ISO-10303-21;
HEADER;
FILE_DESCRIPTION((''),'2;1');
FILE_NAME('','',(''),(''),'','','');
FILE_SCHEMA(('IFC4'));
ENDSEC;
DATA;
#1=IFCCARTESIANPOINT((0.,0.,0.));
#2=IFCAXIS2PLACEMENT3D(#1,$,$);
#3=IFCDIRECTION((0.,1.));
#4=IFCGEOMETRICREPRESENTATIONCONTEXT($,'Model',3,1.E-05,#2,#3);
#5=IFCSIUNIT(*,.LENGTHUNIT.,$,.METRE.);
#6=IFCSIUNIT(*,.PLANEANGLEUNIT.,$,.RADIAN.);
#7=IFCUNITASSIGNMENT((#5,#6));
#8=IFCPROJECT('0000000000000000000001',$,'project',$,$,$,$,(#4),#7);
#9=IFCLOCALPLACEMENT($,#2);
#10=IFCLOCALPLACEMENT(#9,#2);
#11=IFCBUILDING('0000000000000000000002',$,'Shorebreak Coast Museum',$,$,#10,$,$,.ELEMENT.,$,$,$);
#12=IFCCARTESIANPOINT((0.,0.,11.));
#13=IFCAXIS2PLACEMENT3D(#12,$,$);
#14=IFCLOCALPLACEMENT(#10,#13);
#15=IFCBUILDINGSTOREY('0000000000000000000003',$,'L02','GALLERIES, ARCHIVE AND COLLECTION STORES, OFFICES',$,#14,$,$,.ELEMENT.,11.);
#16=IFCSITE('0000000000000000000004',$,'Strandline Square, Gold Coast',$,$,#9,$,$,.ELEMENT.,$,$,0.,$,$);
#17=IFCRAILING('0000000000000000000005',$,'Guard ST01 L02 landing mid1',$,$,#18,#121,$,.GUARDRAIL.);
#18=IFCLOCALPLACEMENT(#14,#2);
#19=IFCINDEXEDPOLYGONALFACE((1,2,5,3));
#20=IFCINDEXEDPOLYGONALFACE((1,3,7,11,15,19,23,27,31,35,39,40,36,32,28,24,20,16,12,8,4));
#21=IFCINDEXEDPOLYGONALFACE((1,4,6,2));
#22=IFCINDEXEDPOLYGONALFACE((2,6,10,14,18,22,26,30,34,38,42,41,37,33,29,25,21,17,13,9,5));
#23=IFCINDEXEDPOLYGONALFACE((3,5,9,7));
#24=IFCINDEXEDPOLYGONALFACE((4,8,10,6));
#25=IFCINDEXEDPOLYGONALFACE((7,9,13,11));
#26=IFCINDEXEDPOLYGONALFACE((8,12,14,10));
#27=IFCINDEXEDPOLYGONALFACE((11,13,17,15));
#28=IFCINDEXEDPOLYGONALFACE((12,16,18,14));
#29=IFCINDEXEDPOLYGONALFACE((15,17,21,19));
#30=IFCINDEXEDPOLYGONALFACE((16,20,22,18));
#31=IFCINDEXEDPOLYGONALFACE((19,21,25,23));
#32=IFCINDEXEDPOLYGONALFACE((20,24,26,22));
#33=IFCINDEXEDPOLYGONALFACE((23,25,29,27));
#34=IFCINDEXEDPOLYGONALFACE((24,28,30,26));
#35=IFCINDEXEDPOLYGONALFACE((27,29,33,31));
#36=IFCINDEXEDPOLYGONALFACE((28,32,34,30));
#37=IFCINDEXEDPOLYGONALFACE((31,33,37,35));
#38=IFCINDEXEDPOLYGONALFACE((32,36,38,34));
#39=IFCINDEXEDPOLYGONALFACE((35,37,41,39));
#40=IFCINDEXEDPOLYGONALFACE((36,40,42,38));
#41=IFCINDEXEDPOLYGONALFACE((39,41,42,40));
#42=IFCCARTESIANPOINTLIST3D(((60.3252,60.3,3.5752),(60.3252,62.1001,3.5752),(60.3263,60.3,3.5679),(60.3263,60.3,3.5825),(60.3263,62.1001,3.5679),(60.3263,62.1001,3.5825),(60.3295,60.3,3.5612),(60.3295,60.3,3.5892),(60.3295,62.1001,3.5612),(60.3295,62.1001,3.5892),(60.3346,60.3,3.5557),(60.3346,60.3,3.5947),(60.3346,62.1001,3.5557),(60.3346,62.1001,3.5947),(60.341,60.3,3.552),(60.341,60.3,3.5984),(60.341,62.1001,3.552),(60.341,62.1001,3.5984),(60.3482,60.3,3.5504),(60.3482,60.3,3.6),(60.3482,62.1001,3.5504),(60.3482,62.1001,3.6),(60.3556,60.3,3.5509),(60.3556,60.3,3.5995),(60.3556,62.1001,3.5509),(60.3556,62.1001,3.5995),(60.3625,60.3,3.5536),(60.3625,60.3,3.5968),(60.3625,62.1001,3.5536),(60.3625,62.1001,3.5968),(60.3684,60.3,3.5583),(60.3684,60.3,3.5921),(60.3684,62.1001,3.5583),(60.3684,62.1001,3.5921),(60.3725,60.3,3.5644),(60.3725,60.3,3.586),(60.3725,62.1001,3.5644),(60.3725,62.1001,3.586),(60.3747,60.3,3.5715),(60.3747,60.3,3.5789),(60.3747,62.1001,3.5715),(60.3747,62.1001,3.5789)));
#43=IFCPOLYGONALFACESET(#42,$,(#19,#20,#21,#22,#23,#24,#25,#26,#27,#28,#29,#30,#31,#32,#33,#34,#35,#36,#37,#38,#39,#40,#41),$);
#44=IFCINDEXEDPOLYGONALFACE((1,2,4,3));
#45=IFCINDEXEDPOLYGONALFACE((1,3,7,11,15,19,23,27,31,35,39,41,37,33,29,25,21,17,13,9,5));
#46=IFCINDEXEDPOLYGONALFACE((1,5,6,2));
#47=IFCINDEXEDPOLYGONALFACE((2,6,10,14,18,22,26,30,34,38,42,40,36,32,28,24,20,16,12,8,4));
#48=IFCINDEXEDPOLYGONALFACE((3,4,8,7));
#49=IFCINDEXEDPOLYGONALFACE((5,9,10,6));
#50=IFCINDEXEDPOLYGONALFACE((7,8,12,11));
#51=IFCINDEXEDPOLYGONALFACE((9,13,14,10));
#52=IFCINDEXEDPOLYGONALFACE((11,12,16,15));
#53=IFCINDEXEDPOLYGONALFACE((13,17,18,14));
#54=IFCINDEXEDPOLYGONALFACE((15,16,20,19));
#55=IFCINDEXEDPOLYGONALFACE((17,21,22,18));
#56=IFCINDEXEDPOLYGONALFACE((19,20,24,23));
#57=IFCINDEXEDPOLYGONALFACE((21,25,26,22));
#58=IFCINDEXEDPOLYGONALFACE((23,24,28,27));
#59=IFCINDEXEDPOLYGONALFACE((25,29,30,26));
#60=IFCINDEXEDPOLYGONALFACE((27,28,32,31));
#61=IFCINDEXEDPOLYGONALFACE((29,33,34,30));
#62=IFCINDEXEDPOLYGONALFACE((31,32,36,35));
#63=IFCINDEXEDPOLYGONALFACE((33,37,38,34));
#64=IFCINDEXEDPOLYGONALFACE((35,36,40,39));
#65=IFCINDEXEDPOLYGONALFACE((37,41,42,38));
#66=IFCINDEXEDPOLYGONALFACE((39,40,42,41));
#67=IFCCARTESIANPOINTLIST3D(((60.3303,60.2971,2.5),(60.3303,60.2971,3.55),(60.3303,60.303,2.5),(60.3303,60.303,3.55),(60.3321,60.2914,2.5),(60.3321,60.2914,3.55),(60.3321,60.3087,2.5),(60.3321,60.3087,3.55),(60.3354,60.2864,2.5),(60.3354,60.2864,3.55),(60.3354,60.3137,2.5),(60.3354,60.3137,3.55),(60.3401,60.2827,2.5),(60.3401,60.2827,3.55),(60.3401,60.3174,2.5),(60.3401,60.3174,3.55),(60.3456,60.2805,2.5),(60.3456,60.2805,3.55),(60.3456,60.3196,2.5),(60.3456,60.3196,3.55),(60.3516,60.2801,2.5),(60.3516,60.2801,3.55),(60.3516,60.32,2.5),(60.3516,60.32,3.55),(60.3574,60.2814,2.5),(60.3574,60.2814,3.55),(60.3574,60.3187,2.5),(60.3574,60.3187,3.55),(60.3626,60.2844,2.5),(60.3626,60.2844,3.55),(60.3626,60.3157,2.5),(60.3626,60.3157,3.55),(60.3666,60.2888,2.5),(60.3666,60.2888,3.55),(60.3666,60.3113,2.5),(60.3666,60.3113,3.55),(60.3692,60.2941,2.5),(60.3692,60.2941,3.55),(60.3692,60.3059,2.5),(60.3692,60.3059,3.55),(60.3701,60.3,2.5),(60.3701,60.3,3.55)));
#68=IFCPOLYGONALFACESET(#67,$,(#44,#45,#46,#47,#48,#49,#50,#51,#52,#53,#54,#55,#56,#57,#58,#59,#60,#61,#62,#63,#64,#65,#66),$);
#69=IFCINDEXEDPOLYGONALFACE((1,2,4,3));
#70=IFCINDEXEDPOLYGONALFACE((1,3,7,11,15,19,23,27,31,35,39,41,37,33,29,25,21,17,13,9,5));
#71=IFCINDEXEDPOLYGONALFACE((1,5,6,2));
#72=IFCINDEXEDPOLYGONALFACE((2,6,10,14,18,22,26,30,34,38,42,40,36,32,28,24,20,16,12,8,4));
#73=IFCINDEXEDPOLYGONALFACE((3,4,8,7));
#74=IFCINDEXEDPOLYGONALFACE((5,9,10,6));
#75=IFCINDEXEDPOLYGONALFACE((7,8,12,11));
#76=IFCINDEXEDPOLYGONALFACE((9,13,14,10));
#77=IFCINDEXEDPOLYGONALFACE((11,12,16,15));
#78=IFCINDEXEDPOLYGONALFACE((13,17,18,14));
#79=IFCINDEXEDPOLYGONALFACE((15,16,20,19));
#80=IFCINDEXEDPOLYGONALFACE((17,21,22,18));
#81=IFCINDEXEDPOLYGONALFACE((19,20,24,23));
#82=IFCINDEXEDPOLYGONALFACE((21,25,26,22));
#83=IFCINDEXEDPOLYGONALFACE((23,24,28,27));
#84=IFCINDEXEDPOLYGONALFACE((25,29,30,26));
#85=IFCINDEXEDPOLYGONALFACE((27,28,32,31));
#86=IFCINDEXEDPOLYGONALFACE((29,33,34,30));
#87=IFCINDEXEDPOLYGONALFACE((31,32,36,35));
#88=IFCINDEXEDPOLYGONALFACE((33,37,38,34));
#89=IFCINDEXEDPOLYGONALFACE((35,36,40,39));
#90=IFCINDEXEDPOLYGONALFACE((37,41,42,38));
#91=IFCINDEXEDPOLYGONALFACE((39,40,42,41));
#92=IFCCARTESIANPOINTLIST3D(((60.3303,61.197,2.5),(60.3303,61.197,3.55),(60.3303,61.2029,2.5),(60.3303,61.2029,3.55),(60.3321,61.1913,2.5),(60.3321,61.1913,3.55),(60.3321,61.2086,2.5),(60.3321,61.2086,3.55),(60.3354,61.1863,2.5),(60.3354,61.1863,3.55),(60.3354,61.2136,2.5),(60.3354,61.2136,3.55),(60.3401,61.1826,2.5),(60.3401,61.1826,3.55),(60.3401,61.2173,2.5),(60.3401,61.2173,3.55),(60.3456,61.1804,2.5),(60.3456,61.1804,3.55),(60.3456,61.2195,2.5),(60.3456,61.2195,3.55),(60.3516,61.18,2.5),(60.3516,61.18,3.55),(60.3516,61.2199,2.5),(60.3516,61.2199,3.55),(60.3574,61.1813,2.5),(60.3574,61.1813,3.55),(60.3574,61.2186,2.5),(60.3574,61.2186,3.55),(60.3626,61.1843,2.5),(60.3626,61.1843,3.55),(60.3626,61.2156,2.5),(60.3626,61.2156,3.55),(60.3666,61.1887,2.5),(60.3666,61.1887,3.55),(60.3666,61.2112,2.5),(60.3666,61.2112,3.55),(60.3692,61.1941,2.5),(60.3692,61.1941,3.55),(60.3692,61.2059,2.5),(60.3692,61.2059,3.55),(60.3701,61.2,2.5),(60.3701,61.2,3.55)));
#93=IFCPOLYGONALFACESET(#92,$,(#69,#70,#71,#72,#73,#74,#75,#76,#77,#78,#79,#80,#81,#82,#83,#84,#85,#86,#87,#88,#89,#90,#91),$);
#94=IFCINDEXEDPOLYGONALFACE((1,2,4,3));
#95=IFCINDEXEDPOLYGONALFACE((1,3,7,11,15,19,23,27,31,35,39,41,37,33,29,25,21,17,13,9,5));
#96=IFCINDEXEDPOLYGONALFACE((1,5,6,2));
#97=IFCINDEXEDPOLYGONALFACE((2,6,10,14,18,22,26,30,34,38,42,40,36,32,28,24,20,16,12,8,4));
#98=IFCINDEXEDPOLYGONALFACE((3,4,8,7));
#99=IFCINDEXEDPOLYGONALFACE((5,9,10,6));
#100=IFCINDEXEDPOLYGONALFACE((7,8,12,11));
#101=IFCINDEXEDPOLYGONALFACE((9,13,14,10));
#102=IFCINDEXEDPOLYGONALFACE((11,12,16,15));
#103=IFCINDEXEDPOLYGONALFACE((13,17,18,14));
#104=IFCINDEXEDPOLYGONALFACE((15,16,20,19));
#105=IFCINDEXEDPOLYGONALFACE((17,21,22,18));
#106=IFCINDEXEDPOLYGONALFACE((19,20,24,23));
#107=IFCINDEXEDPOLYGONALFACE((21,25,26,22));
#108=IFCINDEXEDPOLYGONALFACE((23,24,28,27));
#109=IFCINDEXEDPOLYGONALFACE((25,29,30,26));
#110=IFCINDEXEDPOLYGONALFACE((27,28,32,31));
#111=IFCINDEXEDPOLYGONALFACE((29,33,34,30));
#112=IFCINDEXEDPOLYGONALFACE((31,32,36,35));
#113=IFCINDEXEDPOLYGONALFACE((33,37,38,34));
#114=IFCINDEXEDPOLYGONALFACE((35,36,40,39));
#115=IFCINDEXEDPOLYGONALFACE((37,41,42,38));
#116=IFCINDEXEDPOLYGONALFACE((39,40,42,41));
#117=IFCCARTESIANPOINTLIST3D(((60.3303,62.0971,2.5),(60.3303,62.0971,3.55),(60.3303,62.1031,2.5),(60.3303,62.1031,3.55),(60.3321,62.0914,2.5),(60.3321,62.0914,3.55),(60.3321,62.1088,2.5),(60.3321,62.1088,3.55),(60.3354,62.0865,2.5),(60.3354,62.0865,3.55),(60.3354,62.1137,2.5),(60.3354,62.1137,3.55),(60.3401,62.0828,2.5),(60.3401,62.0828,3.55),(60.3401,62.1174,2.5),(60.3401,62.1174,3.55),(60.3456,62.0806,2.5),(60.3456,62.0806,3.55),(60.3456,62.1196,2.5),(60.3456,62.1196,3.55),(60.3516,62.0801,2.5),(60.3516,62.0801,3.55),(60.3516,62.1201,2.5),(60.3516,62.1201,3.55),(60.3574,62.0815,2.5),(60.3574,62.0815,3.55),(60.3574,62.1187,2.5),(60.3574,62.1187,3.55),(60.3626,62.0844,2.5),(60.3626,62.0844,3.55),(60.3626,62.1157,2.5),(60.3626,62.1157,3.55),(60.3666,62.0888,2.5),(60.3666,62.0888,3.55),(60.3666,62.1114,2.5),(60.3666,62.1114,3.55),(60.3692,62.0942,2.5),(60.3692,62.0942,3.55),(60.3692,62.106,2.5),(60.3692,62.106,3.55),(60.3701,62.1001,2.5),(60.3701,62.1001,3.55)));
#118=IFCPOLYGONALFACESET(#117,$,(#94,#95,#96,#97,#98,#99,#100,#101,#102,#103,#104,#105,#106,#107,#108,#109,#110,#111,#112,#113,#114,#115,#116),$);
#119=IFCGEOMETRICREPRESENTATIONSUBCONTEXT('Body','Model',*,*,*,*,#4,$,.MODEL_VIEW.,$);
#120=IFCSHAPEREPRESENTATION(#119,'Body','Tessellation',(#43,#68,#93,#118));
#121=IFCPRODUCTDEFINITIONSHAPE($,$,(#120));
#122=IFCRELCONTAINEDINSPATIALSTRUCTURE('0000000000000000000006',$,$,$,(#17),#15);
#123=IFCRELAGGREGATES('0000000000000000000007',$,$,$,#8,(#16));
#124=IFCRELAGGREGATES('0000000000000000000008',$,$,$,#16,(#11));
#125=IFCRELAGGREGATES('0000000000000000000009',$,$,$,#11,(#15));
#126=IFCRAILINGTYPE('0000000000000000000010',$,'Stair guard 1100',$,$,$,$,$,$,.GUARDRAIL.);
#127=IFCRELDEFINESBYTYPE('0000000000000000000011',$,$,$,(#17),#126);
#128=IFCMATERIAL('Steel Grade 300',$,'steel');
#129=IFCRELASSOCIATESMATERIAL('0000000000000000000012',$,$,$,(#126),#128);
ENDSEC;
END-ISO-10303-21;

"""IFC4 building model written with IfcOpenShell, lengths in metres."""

from ifc_helpers import new_model, si_unit, direction, frame, origin, origin_2d, place, context, subcontext, project, spatial, circle, extrude, material, type_object, element, save


model = new_model("IFC4")

# Units and contexts
model_context = context("Model", 3, precision=1e-05, world=origin(), true_north=direction((0.0, 1.0)))
body_context = subcontext(model_context, "Body", "Model", "MODEL_VIEW")
ifc_project = project(units=[si_unit("LENGTHUNIT", "METRE"), si_unit("PLANEANGLEUNIT", "RADIAN")], contexts=[model_context])

# Site, building, storey
site_placement = place(None, origin())
site = spatial("IfcSite", under=ifc_project, at=site_placement, Name="Strandline Square, Gold Coast", CompositionType="ELEMENT", RefElevation=0.0)
building_placement = place(site_placement, origin())
building = spatial("IfcBuilding", under=site, at=building_placement, Name="Shorebreak Coast Museum", CompositionType="ELEMENT")
storey_placement = place(building_placement, frame((0.0, 0.0, 11.0)))
storey = spatial("IfcBuildingStorey", under=building, at=storey_placement, Name="L02", Description="GALLERIES, ARCHIVE AND COLLECTION STORES, OFFICES", CompositionType="ELEMENT", Elevation=11.0)

# Railing
ifc_material_1 = material(Name="Steel Grade 300", Category="steel")
railing_type_1 = type_object("IfcRailingType", Name="Stair guard 1100", PredefinedType="GUARDRAIL", material=ifc_material_1)
railing_1_placement = place(storey_placement, frame((60.3501, 60.3, 2.5)))
element("IfcRailing", 1, at=railing_1_placement, inside=storey, type_object=railing_type_1, Name="Guard ST01 L02 landing mid1", PredefinedType="GUARDRAIL", context=body_context, shape_type="SweptSolid", body=[
    extrude(circle(Radius=0.0249, at=origin_2d()), frame((0.0, 0.0, 1.0752), z_axis=(0.0, 1.0, 0.0), x_axis=(-1.0, 0.0, 0.0)), (0.0, 0.0, 1.0), 1.8),
    extrude(circle(Radius=0.02, at=origin_2d()), origin(), (0.0, 0.0, 1.0), 1.05),
    extrude(circle(Radius=0.02, at=origin_2d()), frame((0.0, 0.8999, 0.0)), (0.0, 0.0, 1.0), 1.05),
    extrude(circle(Radius=0.02, at=origin_2d()), frame((0.0, 1.8, 0.0)), (0.0, 0.0, 1.0), 1.05),
])

save(model, "model.ifc")
